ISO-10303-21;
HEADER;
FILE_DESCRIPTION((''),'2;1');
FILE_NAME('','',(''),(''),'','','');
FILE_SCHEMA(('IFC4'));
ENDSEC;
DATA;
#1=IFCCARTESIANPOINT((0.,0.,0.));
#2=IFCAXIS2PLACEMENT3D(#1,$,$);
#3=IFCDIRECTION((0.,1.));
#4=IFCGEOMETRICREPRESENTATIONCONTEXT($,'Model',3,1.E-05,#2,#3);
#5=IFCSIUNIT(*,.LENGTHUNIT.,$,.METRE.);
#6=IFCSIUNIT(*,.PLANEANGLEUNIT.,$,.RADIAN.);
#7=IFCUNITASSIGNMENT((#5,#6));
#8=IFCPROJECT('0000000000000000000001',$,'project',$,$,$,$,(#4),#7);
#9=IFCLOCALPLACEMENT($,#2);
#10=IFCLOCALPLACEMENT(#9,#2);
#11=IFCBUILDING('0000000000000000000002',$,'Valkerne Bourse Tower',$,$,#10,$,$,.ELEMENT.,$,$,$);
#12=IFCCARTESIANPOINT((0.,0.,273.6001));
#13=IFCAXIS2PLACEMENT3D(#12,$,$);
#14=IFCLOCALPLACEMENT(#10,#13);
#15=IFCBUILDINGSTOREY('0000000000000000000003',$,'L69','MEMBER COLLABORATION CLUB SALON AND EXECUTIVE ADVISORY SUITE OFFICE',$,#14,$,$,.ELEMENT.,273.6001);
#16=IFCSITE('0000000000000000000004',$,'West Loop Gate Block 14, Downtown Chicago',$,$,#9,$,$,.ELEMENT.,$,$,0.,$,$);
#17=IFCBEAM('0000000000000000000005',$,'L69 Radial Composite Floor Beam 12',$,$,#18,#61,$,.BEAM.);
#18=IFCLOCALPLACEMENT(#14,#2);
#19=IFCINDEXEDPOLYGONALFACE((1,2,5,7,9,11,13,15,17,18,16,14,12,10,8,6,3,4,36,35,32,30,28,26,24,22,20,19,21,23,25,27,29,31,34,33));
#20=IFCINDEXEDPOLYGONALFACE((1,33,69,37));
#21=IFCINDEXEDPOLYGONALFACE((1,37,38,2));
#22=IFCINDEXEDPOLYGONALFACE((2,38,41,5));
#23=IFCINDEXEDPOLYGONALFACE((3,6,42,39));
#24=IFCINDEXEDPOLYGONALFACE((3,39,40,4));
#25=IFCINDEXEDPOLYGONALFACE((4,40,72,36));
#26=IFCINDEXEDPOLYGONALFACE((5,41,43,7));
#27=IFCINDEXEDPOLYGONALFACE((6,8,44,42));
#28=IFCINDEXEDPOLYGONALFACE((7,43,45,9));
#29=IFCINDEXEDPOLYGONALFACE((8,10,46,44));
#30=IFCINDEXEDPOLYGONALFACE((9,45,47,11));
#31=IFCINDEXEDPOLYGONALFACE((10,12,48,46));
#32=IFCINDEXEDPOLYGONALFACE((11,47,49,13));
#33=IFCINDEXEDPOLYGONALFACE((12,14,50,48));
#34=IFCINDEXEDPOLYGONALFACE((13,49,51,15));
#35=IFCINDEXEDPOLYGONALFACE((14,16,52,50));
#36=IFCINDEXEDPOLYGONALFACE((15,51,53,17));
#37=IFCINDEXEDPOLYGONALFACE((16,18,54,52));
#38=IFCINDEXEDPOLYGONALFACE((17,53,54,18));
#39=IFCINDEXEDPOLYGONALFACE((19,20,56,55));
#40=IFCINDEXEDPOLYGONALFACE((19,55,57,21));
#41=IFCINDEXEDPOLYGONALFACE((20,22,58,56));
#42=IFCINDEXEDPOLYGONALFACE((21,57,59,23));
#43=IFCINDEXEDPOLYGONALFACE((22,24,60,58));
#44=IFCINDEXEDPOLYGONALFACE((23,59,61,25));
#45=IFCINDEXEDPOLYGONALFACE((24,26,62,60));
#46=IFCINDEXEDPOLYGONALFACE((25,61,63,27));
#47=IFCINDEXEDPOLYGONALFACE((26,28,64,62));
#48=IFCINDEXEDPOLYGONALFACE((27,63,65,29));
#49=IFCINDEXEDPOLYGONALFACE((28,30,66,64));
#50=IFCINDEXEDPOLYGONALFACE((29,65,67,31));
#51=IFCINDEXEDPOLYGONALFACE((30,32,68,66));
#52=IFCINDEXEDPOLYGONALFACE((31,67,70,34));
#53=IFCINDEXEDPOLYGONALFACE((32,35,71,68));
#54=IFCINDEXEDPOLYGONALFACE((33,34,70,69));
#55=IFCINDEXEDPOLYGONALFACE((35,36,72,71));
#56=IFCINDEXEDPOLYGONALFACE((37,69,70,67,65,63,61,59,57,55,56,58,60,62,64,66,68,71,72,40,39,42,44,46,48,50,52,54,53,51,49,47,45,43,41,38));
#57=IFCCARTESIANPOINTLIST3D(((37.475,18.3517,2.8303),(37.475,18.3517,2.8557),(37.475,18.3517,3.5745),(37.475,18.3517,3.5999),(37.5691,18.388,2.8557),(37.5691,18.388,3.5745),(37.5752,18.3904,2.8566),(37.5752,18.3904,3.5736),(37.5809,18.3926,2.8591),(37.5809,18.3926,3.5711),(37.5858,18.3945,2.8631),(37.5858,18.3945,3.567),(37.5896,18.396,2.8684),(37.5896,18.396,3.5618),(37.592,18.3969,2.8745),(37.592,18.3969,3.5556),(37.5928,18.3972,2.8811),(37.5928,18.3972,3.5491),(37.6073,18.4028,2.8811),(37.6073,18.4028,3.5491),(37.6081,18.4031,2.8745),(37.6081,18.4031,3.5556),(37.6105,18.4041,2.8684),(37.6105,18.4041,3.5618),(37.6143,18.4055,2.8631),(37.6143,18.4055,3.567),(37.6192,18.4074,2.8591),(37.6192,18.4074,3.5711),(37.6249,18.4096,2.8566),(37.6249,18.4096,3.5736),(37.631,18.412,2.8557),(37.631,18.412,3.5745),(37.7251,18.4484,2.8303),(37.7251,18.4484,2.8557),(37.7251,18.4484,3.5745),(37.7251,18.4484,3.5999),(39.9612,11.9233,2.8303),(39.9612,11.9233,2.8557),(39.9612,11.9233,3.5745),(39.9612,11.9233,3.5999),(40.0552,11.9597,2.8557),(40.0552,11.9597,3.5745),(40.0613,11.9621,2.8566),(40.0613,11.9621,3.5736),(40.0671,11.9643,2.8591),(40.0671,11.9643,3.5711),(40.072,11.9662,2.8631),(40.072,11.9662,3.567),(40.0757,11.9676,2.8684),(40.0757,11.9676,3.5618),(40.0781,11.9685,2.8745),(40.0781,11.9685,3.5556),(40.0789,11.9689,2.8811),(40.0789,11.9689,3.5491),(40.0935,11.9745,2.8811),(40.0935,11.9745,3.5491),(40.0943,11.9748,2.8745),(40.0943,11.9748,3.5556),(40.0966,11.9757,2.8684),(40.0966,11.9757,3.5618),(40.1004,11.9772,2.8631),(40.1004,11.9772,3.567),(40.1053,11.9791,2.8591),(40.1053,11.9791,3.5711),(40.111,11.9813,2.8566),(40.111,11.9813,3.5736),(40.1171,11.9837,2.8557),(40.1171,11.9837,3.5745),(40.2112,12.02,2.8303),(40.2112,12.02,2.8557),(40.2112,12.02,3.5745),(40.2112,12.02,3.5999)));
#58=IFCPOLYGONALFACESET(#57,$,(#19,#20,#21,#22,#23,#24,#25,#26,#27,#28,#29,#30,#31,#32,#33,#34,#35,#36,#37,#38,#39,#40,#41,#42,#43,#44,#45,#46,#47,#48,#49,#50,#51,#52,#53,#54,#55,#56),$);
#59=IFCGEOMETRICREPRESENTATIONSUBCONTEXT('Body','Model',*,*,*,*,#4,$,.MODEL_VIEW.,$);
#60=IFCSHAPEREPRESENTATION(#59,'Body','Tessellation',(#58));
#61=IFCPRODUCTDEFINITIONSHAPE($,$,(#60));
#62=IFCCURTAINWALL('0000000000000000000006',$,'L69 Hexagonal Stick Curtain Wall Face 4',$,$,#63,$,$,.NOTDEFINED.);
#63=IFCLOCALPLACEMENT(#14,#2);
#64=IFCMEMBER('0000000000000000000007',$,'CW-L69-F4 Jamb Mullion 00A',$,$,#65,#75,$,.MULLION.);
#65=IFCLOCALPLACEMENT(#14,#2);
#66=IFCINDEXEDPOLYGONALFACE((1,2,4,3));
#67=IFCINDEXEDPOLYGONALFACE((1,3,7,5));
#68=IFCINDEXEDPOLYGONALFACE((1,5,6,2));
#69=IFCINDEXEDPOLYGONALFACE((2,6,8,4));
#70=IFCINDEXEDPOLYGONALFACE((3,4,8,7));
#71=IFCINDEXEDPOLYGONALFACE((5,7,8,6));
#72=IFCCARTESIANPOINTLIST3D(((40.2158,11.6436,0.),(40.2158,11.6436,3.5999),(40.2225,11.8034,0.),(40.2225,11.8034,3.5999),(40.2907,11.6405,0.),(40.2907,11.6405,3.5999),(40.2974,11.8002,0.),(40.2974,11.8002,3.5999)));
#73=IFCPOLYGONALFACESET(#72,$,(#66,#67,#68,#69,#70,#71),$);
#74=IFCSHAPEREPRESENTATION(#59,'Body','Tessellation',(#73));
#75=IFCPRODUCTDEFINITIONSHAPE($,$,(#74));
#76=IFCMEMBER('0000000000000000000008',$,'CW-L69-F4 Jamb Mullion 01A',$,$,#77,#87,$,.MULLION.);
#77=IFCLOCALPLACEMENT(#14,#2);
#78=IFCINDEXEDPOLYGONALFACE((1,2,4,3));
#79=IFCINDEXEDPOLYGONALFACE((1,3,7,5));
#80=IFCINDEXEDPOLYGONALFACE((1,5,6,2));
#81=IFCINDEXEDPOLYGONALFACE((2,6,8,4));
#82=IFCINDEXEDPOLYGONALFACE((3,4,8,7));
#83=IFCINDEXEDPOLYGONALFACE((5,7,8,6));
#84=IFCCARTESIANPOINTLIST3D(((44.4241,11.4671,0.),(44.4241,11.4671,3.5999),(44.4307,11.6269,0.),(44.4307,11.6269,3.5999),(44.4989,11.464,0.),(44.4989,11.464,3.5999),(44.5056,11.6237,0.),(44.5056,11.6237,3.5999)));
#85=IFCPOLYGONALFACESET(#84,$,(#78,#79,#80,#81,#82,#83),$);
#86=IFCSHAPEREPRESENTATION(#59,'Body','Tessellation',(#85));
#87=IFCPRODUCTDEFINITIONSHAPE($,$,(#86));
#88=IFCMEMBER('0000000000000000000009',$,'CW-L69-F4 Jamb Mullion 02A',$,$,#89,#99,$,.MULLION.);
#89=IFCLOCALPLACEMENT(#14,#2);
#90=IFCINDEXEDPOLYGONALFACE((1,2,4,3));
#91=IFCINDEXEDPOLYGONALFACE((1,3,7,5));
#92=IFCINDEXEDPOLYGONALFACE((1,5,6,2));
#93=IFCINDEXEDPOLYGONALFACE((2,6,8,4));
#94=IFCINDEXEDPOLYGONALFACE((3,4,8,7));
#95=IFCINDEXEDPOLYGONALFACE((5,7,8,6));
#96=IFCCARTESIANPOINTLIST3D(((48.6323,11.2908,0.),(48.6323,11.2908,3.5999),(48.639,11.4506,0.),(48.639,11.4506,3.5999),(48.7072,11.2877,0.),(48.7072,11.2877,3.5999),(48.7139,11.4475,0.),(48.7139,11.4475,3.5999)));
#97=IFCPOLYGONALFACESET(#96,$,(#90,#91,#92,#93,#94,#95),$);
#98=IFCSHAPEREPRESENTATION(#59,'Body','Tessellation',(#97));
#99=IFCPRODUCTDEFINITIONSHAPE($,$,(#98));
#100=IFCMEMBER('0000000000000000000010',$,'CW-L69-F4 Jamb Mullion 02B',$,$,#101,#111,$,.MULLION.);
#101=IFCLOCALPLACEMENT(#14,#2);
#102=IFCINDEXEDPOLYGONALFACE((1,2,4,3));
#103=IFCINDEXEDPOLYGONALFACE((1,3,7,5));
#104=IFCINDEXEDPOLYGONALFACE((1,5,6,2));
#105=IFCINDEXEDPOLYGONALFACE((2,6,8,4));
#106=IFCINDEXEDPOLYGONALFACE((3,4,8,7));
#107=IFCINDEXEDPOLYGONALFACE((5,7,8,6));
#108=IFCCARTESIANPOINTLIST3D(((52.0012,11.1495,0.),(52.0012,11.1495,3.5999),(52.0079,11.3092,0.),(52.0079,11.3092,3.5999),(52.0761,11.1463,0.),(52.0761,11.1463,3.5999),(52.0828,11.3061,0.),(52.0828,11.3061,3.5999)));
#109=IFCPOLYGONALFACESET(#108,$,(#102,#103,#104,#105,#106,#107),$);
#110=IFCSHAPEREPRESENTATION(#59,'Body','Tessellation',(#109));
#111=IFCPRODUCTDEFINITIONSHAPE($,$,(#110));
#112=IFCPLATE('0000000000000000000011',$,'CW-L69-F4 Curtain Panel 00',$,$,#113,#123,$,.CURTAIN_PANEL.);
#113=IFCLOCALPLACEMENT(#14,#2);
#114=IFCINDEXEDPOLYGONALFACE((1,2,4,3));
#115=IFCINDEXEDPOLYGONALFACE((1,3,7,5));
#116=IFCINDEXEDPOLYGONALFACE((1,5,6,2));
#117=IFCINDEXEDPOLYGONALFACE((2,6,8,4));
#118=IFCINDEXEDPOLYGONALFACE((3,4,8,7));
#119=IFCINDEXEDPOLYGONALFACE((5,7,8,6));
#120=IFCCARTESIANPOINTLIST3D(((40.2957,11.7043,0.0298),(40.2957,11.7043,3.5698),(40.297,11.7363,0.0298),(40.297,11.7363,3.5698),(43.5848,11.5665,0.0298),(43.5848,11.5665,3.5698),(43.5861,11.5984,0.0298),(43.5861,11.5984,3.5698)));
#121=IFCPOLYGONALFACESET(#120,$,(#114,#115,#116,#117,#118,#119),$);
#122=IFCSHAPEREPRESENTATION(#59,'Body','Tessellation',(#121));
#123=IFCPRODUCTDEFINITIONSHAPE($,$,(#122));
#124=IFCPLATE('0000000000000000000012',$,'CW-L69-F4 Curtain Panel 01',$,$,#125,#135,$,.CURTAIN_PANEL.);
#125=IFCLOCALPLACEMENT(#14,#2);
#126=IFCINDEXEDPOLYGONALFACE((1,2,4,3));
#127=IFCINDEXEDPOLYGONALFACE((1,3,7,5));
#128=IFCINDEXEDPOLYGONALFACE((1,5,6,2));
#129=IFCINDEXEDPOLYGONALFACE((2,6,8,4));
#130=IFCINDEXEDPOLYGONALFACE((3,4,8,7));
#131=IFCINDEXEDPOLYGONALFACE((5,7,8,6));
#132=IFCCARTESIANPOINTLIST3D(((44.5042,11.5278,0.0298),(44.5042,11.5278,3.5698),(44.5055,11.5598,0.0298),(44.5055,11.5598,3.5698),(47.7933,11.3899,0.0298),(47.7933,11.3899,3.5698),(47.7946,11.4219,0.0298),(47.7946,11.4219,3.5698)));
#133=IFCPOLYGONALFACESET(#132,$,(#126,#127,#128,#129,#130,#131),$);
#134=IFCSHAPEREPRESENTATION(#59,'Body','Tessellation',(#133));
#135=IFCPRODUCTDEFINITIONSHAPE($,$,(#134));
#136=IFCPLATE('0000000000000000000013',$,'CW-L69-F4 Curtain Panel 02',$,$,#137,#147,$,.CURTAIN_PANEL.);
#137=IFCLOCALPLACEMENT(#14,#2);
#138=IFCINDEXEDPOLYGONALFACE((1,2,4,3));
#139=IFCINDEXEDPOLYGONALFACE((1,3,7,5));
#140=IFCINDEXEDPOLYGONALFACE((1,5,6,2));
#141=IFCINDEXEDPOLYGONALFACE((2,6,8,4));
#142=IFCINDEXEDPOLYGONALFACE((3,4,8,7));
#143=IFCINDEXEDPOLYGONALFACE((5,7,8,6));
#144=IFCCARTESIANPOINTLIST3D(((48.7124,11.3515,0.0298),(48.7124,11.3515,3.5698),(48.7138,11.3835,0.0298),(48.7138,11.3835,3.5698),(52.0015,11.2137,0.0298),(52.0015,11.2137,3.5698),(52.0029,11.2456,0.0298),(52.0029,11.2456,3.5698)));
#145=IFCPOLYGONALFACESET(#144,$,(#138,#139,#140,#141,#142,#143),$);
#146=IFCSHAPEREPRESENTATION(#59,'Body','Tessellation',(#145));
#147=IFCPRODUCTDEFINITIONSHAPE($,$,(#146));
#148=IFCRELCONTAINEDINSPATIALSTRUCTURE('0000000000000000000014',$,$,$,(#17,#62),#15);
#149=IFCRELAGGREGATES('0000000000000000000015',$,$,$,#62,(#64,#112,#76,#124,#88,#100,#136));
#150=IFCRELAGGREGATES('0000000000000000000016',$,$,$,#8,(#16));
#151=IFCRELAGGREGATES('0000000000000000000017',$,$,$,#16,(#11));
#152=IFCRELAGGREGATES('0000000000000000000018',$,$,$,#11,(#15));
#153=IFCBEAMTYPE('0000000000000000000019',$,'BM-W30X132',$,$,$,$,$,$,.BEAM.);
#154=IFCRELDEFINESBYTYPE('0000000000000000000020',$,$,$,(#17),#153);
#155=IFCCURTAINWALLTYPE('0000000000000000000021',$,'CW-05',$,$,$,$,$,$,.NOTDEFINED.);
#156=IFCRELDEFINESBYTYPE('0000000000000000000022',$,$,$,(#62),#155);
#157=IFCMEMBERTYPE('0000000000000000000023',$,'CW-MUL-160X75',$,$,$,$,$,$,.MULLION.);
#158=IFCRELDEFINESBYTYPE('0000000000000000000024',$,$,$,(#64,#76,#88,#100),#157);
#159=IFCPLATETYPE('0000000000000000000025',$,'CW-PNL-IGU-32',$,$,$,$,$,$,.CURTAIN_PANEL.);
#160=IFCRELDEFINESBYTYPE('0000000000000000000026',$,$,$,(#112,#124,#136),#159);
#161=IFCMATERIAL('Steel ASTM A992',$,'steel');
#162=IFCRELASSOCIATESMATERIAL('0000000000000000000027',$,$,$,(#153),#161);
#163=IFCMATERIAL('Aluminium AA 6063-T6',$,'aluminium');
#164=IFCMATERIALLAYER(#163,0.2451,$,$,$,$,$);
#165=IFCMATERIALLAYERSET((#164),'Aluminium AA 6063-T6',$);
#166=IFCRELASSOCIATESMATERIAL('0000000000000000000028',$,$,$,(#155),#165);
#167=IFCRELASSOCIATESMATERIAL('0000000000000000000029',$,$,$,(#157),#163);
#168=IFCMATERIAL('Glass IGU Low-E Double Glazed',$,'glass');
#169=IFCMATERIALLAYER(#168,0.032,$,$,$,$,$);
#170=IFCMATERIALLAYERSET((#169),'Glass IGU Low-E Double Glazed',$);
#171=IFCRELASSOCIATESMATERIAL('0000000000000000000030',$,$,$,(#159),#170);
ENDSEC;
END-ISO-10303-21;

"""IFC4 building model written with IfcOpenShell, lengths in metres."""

from ifc_helpers import new_model, si_unit, direction, frame, origin, origin_2d, place, context, subcontext, project, spatial, rectangle, i_section, extrude, material, layer, layer_set, material_profile, profile_set, type_object, element, aggregate, save


model = new_model("IFC4")

# Units and contexts
model_context = context("Model", 3, precision=1e-05, world=origin(), true_north=direction((0.0, 1.0)))
body_context = subcontext(model_context, "Body", "Model", "MODEL_VIEW")
ifc_project = project(units=[si_unit("LENGTHUNIT", "METRE"), si_unit("PLANEANGLEUNIT", "RADIAN")], contexts=[model_context])

# Site, building, storey
site_placement = place(None, origin())
site = spatial("IfcSite", under=ifc_project, at=site_placement, Name="West Loop Gate Block 14, Downtown Chicago", CompositionType="ELEMENT", RefElevation=0.0)
building_placement = place(site_placement, origin())
building = spatial("IfcBuilding", under=site, at=building_placement, Name="Valkerne Bourse Tower", CompositionType="ELEMENT")
storey_placement = place(building_placement, frame((0.0, 0.0, 273.6001)))
storey = spatial("IfcBuildingStorey", under=building, at=storey_placement, Name="L69", Description="MEMBER COLLABORATION CLUB SALON AND EXECUTIVE ADVISORY SUITE OFFICE", CompositionType="ELEMENT", Elevation=273.6001)

# Beam
ifc_material_1 = material(Name="Steel ASTM A992", Category="steel")
ifc_material_profile_1 = material_profile(ifc_material_1, i_section(OverallWidth=0.2681, OverallDepth=0.7695, WebThickness=0.0156, FlangeThickness=0.0254, FilletRadius=0.0254, at=origin_2d()), Name="W30X132")
ifc_profile_set_1 = profile_set([ifc_material_profile_1], Name="Steel ASTM A992")
beam_type_1 = type_object("IfcBeamType", Name="BM-W30X132", PredefinedType="BEAM", material=ifc_profile_set_1)
beam_1_placement = place(storey_placement, frame((40.0862, 11.9717, 3.2151), z_axis=(-0.360709, 0.932678, 0.0), x_axis=(-0.932678, -0.360709, 0.0)))
element("IfcBeam", 1, at=beam_1_placement, inside=storey, type_object=beam_type_1, Name="L69 Radial Composite Floor Beam 12", PredefinedType="BEAM", context=body_context, shape_type="SweptSolid", body=[
    extrude(i_section(OverallWidth=0.2681, OverallDepth=0.7695, WebThickness=0.0156, FlangeThickness=0.0254, FilletRadius=0.0254, at=origin_2d()), origin(), (0.0, 0.0, 1.0), 6.8923),
])

# Curtain wall, members, plates
ifc_material_2 = material(Name="Aluminium AA 6063-T6", Category="aluminium")
ifc_layer_1 = layer(ifc_material_2, 0.2451)
ifc_layer_set_1 = layer_set([ifc_layer_1], Name="Aluminium AA 6063-T6")
curtain_wall_type = type_object("IfcCurtainWallType", Name="CW-05", PredefinedType="NOTDEFINED", material=ifc_layer_set_1)
curtain_wall_placement = place(storey_placement, origin())
curtain_wall = element("IfcCurtainWall", 2, at=curtain_wall_placement, inside=storey, type_object=curtain_wall_type, Name="L69 Hexagonal Stick Curtain Wall Face 4", PredefinedType="NOTDEFINED")
ifc_material_profile_2 = material_profile(ifc_material_2, rectangle(XDim=0.075, YDim=0.1599, at=origin_2d()), Name="CWM-75X160")
ifc_profile_set_2 = profile_set([ifc_material_profile_2], Name="Aluminium AA 6063-T6")
member_type = type_object("IfcMemberType", Name="CW-MUL-160X75", PredefinedType="MULLION", material=ifc_profile_set_2)
member_1_placement = place(storey_placement, frame((40.2566, 11.7219, 0.0), z_axis=(0.0, 0.0, 1.0), x_axis=(0.999123, -0.04188, 0.0)))
member_1 = element("IfcMember", 3, at=member_1_placement, type_object=member_type, Name="CW-L69-F4 Jamb Mullion 00A", PredefinedType="MULLION", context=body_context, shape_type="SweptSolid", body=[
    extrude(rectangle(XDim=0.075, YDim=0.1599, at=origin_2d()), origin(), (0.0, 0.0, 1.0), 3.5999),
])
member_2_placement = place(storey_placement, frame((44.4648, 11.5454, 0.0), z_axis=(0.0, 0.0, 1.0), x_axis=(0.999123, -0.04188, 0.0)))
member_2 = element("IfcMember", 4, at=member_2_placement, type_object=member_type, Name="CW-L69-F4 Jamb Mullion 01A", PredefinedType="MULLION", context=body_context, shape_type="SweptSolid", body=[
    extrude(rectangle(XDim=0.075, YDim=0.1599, at=origin_2d()), origin(), (0.0, 0.0, 1.0), 3.5999),
])
member_3_placement = place(storey_placement, frame((48.6731, 11.3691, 0.0), z_axis=(0.0, 0.0, 1.0), x_axis=(0.999123, -0.04188, 0.0)))
member_3 = element("IfcMember", 5, at=member_3_placement, type_object=member_type, Name="CW-L69-F4 Jamb Mullion 02A", PredefinedType="MULLION", context=body_context, shape_type="SweptSolid", body=[
    extrude(rectangle(XDim=0.075, YDim=0.1599, at=origin_2d()), origin(), (0.0, 0.0, 1.0), 3.5999),
])
member_4_placement = place(storey_placement, frame((52.042, 11.2278, 0.0), z_axis=(0.0, 0.0, 1.0), x_axis=(0.999123, -0.04188, 0.0)))
member_4 = element("IfcMember", 6, at=member_4_placement, type_object=member_type, Name="CW-L69-F4 Jamb Mullion 02B", PredefinedType="MULLION", context=body_context, shape_type="SweptSolid", body=[
    extrude(rectangle(XDim=0.075, YDim=0.1599, at=origin_2d()), origin(), (0.0, 0.0, 1.0), 3.5999),
])
ifc_material_3 = material(Name="Glass IGU Low-E Double Glazed", Category="glass")
ifc_layer_2 = layer(ifc_material_3, 0.032)
ifc_layer_set_2 = layer_set([ifc_layer_2], Name="Glass IGU Low-E Double Glazed")
plate_type = type_object("IfcPlateType", Name="CW-PNL-IGU-32", PredefinedType="CURTAIN_PANEL", material=ifc_layer_set_2)
plate_1_placement = place(storey_placement, frame((41.9409, 11.6514, 0.0298), z_axis=(0.0, 0.0, 1.0), x_axis=(0.999123, -0.04188, 0.0)))
plate_1 = element("IfcPlate", 7, at=plate_1_placement, type_object=plate_type, Name="CW-L69-F4 Curtain Panel 00", PredefinedType="CURTAIN_PANEL", context=body_context, shape_type="SweptSolid", body=[
    extrude(rectangle(XDim=3.292, YDim=0.032, at=origin_2d()), origin(), (0.0, 0.0, 1.0), 3.54),
])
plate_2_placement = place(storey_placement, frame((46.1494, 11.4749, 0.0298), z_axis=(0.0, 0.0, 1.0), x_axis=(0.999123, -0.04188, 0.0)))
plate_2 = element("IfcPlate", 8, at=plate_2_placement, type_object=plate_type, Name="CW-L69-F4 Curtain Panel 01", PredefinedType="CURTAIN_PANEL", context=body_context, shape_type="SweptSolid", body=[
    extrude(rectangle(XDim=3.292, YDim=0.032, at=origin_2d()), origin(), (0.0, 0.0, 1.0), 3.54),
])
plate_3_placement = place(storey_placement, frame((50.3577, 11.2986, 0.0298), z_axis=(0.0, 0.0, 1.0), x_axis=(0.999123, -0.04188, 0.0)))
plate_3 = element("IfcPlate", 9, at=plate_3_placement, type_object=plate_type, Name="CW-L69-F4 Curtain Panel 02", PredefinedType="CURTAIN_PANEL", context=body_context, shape_type="SweptSolid", body=[
    extrude(rectangle(XDim=3.292, YDim=0.032, at=origin_2d()), origin(), (0.0, 0.0, 1.0), 3.54),
])
aggregate(curtain_wall, [member_1, plate_1, member_2, plate_2, member_3, member_4, plate_3])

save(model, "model.ifc")
